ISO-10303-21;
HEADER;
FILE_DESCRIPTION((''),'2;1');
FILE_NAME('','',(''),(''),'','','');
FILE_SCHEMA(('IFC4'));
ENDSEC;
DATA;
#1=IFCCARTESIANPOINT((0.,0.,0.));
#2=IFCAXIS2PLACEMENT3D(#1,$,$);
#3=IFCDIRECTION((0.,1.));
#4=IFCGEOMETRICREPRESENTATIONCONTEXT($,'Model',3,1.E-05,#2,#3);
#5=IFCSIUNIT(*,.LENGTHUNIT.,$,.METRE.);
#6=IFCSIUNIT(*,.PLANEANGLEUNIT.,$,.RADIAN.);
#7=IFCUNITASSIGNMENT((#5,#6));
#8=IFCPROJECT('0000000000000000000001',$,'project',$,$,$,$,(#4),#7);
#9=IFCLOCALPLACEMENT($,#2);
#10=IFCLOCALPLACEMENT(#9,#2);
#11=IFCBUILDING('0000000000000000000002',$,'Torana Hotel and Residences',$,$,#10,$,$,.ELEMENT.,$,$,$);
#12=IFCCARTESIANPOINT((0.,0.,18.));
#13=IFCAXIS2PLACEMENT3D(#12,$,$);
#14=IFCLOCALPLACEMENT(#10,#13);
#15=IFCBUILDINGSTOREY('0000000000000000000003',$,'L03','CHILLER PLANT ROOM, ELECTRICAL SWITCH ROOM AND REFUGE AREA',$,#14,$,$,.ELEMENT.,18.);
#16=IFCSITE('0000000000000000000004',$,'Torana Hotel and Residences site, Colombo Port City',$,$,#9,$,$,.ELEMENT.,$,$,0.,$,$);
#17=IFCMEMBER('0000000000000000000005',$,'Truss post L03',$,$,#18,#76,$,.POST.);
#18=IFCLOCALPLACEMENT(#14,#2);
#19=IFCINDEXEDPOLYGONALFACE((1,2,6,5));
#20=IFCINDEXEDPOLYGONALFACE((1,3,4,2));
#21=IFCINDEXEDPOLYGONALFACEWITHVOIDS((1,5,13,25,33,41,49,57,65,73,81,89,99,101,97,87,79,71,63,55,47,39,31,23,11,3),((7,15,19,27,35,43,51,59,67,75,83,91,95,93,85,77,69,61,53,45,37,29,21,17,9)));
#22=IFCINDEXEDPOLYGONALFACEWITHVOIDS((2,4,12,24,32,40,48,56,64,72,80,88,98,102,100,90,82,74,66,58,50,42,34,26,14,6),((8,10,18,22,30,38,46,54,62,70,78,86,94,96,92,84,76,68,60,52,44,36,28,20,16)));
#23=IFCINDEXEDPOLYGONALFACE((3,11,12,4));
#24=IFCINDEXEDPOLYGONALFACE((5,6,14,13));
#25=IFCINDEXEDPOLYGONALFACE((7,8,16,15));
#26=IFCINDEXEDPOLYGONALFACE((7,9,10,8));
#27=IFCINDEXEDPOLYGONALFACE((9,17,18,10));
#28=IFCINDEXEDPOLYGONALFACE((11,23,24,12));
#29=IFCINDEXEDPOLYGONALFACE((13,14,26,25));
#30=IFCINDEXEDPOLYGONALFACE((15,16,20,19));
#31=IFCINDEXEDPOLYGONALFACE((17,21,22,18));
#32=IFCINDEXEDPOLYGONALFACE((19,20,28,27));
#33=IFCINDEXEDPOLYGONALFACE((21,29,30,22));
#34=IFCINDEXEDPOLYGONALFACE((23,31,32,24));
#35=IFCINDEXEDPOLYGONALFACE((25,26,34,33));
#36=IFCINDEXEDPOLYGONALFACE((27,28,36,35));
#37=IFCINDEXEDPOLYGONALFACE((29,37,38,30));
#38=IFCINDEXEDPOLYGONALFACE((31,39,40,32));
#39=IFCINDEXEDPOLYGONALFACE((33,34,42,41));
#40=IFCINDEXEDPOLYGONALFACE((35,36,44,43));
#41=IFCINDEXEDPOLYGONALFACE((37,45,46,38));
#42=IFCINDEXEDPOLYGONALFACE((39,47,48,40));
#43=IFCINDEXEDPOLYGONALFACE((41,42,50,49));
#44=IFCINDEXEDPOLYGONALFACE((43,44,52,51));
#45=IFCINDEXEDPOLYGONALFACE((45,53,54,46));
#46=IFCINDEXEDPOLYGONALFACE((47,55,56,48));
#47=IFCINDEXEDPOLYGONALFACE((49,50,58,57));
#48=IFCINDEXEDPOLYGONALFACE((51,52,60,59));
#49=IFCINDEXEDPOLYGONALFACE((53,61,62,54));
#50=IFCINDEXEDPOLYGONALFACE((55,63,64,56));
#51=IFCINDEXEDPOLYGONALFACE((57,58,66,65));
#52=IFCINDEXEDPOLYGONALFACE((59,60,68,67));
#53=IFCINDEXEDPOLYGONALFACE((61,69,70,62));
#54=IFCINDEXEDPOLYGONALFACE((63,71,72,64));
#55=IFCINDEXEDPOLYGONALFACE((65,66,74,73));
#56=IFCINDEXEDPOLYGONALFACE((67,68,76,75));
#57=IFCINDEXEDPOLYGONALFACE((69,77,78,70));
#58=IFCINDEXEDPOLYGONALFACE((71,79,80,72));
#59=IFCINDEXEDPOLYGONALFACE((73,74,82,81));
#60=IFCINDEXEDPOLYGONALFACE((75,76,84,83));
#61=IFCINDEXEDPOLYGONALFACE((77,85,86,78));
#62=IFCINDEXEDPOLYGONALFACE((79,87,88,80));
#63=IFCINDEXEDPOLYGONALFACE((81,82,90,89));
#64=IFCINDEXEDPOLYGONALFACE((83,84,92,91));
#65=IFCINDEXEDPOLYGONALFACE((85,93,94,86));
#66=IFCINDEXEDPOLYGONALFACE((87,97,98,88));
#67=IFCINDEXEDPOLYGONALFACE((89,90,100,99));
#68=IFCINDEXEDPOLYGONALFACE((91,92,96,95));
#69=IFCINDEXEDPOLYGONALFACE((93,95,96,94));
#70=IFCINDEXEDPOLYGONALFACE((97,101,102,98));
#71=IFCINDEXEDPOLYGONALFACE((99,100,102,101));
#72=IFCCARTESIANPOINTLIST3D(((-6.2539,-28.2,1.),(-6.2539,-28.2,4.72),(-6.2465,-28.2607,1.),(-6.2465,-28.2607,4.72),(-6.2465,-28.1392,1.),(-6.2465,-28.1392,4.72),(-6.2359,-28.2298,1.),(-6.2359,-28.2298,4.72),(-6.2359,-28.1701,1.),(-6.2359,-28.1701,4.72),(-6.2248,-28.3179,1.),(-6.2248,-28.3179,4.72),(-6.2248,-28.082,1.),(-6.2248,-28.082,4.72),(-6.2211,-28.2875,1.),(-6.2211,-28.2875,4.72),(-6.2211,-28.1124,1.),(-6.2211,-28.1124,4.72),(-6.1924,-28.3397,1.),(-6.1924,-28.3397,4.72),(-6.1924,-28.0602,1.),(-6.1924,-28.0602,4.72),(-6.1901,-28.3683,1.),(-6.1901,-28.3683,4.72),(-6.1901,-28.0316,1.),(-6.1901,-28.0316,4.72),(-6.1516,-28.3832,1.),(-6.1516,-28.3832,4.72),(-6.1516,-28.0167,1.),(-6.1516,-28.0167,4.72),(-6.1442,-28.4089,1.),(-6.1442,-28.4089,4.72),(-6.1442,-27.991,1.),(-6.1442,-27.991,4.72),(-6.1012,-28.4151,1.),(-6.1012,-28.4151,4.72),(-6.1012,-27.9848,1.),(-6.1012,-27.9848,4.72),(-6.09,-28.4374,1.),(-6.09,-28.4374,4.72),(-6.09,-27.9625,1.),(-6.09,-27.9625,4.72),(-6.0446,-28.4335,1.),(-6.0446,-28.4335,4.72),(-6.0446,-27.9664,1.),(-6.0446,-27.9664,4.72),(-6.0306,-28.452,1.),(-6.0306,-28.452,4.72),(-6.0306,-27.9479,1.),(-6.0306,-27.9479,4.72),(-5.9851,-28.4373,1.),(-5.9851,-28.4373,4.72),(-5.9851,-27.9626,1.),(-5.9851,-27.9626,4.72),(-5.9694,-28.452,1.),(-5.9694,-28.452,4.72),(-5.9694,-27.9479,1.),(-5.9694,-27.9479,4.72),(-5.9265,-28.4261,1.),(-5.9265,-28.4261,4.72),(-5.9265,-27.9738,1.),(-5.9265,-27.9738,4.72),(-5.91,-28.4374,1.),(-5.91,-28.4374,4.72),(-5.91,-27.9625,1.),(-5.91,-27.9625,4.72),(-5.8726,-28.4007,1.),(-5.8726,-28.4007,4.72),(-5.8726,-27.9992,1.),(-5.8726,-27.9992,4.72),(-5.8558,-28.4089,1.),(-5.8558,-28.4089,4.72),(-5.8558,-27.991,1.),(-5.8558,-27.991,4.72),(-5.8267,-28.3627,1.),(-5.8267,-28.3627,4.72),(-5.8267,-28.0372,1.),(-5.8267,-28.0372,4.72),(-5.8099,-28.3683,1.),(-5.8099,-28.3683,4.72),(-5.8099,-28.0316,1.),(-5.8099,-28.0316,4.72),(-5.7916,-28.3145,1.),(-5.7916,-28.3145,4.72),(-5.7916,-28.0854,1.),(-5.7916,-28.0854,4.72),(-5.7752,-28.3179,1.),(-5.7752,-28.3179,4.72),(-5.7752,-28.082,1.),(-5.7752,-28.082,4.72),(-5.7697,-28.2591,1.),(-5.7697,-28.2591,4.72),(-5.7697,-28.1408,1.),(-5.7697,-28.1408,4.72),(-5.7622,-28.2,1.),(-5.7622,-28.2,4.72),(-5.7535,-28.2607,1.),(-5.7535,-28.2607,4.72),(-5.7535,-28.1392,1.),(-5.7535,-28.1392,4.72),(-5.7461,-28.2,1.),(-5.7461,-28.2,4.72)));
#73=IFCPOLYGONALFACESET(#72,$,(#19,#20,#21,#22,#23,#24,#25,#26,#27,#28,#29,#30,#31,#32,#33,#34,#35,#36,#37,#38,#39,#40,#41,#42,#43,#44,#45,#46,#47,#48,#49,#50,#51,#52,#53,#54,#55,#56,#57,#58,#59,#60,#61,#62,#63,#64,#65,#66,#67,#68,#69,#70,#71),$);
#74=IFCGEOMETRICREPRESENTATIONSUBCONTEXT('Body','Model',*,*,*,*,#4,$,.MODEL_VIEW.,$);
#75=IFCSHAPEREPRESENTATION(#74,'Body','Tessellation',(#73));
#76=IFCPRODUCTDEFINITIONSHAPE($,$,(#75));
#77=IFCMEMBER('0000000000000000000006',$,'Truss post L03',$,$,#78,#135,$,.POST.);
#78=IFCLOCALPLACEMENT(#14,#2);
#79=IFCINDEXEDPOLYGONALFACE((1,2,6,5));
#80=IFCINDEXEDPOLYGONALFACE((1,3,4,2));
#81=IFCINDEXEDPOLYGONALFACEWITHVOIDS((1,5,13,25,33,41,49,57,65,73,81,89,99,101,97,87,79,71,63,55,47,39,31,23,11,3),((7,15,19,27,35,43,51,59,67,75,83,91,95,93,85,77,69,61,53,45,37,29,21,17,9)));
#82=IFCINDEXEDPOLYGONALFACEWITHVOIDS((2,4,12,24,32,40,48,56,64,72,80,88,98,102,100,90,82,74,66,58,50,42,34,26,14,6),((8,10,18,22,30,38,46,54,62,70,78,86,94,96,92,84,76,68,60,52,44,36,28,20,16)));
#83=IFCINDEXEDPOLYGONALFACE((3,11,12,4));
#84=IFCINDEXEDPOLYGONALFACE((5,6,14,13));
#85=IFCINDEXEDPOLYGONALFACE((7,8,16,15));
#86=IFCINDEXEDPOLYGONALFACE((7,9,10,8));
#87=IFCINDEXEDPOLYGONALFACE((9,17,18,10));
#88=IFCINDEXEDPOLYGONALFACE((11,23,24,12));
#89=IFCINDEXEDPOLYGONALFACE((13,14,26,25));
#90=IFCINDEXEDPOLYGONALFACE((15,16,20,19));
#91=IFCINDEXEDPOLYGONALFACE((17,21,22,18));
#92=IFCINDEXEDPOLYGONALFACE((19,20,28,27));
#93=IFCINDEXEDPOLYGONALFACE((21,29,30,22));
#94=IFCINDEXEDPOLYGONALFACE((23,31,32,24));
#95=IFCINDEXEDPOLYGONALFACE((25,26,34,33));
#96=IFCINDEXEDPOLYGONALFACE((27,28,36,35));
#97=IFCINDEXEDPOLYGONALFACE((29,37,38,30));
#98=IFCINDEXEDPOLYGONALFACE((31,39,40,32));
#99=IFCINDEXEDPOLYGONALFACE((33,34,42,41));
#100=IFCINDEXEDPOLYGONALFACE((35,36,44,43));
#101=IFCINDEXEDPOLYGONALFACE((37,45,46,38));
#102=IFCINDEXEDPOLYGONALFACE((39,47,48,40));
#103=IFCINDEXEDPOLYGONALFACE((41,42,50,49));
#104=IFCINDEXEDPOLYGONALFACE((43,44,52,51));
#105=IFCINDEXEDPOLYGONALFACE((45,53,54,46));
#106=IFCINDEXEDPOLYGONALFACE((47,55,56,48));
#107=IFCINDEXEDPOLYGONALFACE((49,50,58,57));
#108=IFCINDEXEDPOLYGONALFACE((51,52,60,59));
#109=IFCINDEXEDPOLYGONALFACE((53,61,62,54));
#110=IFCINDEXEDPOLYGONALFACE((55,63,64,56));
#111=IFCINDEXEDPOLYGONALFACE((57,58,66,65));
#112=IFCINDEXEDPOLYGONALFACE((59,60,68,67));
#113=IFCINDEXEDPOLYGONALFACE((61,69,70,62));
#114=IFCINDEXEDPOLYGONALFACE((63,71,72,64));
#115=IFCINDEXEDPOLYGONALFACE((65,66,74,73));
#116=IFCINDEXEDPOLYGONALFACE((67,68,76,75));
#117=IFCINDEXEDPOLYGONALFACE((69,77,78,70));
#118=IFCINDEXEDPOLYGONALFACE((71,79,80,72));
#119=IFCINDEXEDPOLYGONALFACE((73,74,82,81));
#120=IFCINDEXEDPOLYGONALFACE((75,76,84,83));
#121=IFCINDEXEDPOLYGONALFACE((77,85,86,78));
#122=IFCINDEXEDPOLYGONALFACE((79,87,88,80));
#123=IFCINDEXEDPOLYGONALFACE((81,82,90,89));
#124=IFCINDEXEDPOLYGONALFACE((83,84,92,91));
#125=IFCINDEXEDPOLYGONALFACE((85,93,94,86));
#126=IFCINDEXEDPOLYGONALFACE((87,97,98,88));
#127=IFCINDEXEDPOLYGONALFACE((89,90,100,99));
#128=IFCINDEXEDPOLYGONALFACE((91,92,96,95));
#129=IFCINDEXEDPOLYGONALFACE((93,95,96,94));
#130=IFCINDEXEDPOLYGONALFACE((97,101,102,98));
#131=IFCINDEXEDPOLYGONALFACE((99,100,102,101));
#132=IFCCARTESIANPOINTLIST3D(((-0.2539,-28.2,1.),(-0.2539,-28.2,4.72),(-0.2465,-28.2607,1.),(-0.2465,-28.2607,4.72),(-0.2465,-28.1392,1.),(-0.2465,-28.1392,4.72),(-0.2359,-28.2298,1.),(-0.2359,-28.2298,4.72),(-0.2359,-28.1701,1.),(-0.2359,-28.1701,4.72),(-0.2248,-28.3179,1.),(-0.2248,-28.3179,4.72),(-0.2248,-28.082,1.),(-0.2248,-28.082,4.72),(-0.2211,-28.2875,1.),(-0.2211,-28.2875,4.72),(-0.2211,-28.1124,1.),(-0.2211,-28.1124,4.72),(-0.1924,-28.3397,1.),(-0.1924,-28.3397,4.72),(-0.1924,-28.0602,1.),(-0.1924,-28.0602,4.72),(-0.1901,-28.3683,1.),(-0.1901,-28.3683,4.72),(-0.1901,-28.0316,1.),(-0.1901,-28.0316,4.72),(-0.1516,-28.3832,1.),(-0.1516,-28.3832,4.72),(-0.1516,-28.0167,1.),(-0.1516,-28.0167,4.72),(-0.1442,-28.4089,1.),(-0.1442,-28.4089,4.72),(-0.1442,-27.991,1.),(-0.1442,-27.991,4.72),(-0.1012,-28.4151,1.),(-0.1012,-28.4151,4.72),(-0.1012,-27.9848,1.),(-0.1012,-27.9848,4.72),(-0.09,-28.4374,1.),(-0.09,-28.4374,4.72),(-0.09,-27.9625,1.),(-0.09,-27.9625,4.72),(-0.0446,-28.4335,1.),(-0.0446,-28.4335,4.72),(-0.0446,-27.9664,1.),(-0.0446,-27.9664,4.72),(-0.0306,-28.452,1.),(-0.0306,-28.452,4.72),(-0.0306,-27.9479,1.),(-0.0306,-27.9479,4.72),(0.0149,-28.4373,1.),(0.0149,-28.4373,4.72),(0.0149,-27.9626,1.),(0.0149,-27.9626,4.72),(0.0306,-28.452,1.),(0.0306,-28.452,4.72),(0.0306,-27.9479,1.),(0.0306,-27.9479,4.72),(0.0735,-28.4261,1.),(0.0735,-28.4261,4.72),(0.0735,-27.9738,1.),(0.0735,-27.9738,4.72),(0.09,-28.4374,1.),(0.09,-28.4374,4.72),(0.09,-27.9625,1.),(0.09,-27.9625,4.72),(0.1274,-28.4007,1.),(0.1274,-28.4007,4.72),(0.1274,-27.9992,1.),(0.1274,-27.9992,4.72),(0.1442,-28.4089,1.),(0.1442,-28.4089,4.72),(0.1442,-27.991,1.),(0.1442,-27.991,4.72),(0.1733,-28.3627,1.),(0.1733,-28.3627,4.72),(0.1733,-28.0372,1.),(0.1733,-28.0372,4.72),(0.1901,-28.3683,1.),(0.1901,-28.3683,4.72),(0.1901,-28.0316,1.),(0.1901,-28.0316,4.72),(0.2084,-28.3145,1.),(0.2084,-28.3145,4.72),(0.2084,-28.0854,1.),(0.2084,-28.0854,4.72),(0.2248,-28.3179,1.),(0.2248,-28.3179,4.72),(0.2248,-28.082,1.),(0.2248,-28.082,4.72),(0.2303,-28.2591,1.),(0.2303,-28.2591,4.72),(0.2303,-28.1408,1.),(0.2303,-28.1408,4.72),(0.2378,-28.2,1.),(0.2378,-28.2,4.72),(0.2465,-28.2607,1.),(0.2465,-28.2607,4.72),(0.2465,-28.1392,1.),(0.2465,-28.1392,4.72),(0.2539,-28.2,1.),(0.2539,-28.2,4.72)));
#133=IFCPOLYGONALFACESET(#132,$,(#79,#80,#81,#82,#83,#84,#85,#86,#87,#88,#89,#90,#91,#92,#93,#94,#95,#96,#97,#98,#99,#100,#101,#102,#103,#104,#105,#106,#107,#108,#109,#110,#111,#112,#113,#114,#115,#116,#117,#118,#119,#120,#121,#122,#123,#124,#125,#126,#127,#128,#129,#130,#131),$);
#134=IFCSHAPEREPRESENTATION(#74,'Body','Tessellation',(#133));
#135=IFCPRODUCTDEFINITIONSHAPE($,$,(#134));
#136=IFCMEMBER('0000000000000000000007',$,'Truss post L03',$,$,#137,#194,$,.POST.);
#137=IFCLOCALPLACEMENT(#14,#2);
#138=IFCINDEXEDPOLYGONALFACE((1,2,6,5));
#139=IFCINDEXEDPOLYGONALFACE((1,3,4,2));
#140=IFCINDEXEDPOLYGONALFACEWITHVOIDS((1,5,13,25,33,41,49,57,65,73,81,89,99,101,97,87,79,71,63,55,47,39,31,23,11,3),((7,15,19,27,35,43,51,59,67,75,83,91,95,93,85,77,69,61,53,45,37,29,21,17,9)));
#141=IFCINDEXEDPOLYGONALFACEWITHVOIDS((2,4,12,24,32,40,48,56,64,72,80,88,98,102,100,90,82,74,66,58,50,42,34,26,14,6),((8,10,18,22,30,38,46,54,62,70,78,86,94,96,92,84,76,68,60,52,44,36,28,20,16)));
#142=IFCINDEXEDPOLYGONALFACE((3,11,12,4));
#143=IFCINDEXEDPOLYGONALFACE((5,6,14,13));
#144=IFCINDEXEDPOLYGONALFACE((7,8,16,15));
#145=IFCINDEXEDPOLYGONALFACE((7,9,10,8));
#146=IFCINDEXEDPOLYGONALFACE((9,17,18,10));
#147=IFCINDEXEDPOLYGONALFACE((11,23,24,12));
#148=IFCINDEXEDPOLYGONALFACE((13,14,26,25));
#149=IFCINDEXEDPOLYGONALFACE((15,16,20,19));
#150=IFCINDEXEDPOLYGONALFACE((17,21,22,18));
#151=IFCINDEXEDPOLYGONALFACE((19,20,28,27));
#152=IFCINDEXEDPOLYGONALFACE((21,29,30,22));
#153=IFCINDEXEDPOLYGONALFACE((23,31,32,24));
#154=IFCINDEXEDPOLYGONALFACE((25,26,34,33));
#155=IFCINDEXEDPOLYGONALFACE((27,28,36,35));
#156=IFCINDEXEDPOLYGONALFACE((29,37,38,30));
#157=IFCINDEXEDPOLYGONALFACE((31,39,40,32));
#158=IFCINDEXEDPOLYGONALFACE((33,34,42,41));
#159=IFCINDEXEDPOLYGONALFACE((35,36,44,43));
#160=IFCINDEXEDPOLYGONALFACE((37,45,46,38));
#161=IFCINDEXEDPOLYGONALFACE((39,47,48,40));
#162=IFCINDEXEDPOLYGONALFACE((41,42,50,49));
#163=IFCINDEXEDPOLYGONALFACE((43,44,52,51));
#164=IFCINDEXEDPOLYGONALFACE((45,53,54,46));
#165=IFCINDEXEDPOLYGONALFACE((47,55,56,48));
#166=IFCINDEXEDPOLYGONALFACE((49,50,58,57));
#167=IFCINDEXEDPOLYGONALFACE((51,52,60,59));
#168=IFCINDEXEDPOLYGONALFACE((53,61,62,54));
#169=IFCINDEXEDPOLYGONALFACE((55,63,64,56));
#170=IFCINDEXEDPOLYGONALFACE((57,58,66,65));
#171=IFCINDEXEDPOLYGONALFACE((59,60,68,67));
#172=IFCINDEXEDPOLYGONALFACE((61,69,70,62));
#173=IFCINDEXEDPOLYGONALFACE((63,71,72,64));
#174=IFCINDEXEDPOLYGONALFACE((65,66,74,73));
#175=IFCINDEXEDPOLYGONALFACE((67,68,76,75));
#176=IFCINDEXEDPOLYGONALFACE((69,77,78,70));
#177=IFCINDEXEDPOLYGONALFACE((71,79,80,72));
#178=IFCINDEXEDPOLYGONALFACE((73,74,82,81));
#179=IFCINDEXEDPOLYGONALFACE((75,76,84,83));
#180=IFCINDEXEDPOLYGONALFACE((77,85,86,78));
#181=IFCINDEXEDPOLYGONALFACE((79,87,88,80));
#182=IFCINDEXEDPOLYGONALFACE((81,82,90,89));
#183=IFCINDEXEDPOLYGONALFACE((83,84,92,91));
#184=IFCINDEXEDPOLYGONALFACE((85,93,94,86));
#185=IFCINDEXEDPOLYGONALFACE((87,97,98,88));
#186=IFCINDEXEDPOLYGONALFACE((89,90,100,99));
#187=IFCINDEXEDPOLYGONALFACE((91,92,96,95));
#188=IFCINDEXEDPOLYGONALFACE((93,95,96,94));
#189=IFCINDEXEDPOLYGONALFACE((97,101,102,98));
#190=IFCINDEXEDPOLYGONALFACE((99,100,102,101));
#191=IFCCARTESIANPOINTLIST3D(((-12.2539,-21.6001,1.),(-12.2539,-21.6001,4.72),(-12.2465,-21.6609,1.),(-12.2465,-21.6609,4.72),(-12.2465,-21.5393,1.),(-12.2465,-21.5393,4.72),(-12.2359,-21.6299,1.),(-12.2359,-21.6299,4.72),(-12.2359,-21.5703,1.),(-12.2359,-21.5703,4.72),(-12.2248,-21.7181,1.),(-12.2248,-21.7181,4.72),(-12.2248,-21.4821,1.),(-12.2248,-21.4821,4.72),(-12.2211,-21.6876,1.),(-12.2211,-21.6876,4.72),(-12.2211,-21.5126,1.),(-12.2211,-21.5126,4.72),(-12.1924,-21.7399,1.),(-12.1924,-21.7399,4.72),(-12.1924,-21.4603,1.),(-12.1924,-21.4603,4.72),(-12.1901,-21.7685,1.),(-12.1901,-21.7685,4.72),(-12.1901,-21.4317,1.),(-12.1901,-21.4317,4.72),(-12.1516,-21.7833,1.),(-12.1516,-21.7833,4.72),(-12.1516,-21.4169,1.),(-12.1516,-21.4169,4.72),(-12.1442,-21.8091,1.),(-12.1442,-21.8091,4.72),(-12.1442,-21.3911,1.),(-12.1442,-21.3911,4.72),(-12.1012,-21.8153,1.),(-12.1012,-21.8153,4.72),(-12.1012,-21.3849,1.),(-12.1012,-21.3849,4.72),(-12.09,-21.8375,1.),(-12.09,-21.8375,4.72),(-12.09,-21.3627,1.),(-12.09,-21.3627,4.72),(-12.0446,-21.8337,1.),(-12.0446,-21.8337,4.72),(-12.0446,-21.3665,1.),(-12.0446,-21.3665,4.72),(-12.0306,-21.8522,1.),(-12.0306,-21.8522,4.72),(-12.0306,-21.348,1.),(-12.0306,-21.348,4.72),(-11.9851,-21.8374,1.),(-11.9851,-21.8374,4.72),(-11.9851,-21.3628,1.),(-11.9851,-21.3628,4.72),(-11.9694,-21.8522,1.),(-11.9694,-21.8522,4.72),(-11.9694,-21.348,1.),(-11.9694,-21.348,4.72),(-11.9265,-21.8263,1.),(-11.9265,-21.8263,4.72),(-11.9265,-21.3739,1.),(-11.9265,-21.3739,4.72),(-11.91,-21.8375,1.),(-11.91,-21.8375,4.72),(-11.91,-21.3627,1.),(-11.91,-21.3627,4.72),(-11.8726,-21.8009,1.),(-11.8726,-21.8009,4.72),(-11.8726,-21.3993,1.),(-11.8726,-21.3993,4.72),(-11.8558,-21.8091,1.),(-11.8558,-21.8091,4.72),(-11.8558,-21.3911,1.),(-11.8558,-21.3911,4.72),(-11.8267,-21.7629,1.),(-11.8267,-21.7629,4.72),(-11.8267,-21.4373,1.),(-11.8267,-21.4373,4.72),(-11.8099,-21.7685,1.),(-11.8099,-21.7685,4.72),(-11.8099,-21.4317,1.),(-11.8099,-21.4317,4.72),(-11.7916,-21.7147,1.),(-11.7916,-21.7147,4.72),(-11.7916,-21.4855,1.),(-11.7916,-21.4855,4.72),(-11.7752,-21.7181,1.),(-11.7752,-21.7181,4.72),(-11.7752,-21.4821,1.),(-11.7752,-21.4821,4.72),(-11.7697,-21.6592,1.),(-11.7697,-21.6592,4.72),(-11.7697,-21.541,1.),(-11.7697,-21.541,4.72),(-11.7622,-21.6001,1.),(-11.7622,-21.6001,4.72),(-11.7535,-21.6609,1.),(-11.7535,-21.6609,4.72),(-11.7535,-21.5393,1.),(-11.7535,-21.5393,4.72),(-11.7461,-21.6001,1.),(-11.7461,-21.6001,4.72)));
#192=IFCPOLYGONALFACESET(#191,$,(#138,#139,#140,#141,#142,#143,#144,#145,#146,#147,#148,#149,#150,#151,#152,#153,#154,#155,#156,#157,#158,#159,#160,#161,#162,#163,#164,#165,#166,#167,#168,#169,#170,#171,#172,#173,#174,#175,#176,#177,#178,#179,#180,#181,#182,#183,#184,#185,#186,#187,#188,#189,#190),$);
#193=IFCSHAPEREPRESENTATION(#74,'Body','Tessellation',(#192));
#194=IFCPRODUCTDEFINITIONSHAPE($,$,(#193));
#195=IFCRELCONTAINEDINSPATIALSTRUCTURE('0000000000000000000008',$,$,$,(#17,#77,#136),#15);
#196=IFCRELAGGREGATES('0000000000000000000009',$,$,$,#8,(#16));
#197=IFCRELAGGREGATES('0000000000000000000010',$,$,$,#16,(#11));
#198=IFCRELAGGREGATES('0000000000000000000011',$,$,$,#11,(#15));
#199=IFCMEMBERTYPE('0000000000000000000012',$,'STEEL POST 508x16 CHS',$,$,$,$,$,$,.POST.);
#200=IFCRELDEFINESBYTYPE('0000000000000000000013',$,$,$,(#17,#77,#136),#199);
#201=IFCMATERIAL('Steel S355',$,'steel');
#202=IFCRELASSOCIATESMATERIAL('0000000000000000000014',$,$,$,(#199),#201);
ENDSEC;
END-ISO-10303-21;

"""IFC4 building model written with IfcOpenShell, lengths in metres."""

from ifc_helpers import new_model, si_unit, direction, frame, origin, origin_2d, place, context, subcontext, project, spatial, hollow_circle, extrude, material, material_profile, profile_set, type_object, element, save


model = new_model("IFC4")

# Units and contexts
model_context = context("Model", 3, precision=1e-05, world=origin(), true_north=direction((0.0, 1.0)))
body_context = subcontext(model_context, "Body", "Model", "MODEL_VIEW")
ifc_project = project(units=[si_unit("LENGTHUNIT", "METRE"), si_unit("PLANEANGLEUNIT", "RADIAN")], contexts=[model_context])

# Site, building, storey
site_placement = place(None, origin())
site = spatial("IfcSite", under=ifc_project, at=site_placement, Name="Torana Hotel and Residences site, Colombo Port City", CompositionType="ELEMENT", RefElevation=0.0)
building_placement = place(site_placement, origin())
building = spatial("IfcBuilding", under=site, at=building_placement, Name="Torana Hotel and Residences", CompositionType="ELEMENT")
storey_placement = place(building_placement, frame((0.0, 0.0, 18.0)))
storey = spatial("IfcBuildingStorey", under=building, at=storey_placement, Name="L03", Description="CHILLER PLANT ROOM, ELECTRICAL SWITCH ROOM AND REFUGE AREA", CompositionType="ELEMENT", Elevation=18.0)

# Members
ifc_material_1 = material(Name="Steel S355", Category="steel")
ifc_material_profile_1 = material_profile(ifc_material_1, hollow_circle(Radius=0.2539, WallThickness=0.0161, at=origin_2d()), Name="508x16 CHS")
ifc_profile_set_1 = profile_set([ifc_material_profile_1], Name="Steel S355")
member_type_1 = type_object("IfcMemberType", Name="STEEL POST 508x16 CHS", PredefinedType="POST", material=ifc_profile_set_1)
for number, where, z_axis, x_axis, name in (
    (1, (-6.0, -28.2, 1.0), (0.0, 0.0, 1.0), (1.0, 0.0, 0.0), "Truss post L03"),
    (2, (0.0, -28.2, 1.0), (0.0, 0.0, 1.0), (1.0, 0.0, 0.0), "Truss post L03"),
    (3, (-12.0, -21.6001, 1.0), (0.0, 0.0, 1.0), (1.0, 0.0, 0.0), "Truss post L03"),
):
    element("IfcMember", number, at=place(storey_placement, frame(where, z_axis=z_axis, x_axis=x_axis)), inside=storey, type_object=member_type_1, Name=name, PredefinedType="POST", context=body_context, shape_type="SweptSolid", body=[
        extrude(hollow_circle(Radius=0.2539, WallThickness=0.0161, at=origin_2d()), origin(), (0.0, 0.0, 1.0), 3.72),
    ])

save(model, "model.ifc")
